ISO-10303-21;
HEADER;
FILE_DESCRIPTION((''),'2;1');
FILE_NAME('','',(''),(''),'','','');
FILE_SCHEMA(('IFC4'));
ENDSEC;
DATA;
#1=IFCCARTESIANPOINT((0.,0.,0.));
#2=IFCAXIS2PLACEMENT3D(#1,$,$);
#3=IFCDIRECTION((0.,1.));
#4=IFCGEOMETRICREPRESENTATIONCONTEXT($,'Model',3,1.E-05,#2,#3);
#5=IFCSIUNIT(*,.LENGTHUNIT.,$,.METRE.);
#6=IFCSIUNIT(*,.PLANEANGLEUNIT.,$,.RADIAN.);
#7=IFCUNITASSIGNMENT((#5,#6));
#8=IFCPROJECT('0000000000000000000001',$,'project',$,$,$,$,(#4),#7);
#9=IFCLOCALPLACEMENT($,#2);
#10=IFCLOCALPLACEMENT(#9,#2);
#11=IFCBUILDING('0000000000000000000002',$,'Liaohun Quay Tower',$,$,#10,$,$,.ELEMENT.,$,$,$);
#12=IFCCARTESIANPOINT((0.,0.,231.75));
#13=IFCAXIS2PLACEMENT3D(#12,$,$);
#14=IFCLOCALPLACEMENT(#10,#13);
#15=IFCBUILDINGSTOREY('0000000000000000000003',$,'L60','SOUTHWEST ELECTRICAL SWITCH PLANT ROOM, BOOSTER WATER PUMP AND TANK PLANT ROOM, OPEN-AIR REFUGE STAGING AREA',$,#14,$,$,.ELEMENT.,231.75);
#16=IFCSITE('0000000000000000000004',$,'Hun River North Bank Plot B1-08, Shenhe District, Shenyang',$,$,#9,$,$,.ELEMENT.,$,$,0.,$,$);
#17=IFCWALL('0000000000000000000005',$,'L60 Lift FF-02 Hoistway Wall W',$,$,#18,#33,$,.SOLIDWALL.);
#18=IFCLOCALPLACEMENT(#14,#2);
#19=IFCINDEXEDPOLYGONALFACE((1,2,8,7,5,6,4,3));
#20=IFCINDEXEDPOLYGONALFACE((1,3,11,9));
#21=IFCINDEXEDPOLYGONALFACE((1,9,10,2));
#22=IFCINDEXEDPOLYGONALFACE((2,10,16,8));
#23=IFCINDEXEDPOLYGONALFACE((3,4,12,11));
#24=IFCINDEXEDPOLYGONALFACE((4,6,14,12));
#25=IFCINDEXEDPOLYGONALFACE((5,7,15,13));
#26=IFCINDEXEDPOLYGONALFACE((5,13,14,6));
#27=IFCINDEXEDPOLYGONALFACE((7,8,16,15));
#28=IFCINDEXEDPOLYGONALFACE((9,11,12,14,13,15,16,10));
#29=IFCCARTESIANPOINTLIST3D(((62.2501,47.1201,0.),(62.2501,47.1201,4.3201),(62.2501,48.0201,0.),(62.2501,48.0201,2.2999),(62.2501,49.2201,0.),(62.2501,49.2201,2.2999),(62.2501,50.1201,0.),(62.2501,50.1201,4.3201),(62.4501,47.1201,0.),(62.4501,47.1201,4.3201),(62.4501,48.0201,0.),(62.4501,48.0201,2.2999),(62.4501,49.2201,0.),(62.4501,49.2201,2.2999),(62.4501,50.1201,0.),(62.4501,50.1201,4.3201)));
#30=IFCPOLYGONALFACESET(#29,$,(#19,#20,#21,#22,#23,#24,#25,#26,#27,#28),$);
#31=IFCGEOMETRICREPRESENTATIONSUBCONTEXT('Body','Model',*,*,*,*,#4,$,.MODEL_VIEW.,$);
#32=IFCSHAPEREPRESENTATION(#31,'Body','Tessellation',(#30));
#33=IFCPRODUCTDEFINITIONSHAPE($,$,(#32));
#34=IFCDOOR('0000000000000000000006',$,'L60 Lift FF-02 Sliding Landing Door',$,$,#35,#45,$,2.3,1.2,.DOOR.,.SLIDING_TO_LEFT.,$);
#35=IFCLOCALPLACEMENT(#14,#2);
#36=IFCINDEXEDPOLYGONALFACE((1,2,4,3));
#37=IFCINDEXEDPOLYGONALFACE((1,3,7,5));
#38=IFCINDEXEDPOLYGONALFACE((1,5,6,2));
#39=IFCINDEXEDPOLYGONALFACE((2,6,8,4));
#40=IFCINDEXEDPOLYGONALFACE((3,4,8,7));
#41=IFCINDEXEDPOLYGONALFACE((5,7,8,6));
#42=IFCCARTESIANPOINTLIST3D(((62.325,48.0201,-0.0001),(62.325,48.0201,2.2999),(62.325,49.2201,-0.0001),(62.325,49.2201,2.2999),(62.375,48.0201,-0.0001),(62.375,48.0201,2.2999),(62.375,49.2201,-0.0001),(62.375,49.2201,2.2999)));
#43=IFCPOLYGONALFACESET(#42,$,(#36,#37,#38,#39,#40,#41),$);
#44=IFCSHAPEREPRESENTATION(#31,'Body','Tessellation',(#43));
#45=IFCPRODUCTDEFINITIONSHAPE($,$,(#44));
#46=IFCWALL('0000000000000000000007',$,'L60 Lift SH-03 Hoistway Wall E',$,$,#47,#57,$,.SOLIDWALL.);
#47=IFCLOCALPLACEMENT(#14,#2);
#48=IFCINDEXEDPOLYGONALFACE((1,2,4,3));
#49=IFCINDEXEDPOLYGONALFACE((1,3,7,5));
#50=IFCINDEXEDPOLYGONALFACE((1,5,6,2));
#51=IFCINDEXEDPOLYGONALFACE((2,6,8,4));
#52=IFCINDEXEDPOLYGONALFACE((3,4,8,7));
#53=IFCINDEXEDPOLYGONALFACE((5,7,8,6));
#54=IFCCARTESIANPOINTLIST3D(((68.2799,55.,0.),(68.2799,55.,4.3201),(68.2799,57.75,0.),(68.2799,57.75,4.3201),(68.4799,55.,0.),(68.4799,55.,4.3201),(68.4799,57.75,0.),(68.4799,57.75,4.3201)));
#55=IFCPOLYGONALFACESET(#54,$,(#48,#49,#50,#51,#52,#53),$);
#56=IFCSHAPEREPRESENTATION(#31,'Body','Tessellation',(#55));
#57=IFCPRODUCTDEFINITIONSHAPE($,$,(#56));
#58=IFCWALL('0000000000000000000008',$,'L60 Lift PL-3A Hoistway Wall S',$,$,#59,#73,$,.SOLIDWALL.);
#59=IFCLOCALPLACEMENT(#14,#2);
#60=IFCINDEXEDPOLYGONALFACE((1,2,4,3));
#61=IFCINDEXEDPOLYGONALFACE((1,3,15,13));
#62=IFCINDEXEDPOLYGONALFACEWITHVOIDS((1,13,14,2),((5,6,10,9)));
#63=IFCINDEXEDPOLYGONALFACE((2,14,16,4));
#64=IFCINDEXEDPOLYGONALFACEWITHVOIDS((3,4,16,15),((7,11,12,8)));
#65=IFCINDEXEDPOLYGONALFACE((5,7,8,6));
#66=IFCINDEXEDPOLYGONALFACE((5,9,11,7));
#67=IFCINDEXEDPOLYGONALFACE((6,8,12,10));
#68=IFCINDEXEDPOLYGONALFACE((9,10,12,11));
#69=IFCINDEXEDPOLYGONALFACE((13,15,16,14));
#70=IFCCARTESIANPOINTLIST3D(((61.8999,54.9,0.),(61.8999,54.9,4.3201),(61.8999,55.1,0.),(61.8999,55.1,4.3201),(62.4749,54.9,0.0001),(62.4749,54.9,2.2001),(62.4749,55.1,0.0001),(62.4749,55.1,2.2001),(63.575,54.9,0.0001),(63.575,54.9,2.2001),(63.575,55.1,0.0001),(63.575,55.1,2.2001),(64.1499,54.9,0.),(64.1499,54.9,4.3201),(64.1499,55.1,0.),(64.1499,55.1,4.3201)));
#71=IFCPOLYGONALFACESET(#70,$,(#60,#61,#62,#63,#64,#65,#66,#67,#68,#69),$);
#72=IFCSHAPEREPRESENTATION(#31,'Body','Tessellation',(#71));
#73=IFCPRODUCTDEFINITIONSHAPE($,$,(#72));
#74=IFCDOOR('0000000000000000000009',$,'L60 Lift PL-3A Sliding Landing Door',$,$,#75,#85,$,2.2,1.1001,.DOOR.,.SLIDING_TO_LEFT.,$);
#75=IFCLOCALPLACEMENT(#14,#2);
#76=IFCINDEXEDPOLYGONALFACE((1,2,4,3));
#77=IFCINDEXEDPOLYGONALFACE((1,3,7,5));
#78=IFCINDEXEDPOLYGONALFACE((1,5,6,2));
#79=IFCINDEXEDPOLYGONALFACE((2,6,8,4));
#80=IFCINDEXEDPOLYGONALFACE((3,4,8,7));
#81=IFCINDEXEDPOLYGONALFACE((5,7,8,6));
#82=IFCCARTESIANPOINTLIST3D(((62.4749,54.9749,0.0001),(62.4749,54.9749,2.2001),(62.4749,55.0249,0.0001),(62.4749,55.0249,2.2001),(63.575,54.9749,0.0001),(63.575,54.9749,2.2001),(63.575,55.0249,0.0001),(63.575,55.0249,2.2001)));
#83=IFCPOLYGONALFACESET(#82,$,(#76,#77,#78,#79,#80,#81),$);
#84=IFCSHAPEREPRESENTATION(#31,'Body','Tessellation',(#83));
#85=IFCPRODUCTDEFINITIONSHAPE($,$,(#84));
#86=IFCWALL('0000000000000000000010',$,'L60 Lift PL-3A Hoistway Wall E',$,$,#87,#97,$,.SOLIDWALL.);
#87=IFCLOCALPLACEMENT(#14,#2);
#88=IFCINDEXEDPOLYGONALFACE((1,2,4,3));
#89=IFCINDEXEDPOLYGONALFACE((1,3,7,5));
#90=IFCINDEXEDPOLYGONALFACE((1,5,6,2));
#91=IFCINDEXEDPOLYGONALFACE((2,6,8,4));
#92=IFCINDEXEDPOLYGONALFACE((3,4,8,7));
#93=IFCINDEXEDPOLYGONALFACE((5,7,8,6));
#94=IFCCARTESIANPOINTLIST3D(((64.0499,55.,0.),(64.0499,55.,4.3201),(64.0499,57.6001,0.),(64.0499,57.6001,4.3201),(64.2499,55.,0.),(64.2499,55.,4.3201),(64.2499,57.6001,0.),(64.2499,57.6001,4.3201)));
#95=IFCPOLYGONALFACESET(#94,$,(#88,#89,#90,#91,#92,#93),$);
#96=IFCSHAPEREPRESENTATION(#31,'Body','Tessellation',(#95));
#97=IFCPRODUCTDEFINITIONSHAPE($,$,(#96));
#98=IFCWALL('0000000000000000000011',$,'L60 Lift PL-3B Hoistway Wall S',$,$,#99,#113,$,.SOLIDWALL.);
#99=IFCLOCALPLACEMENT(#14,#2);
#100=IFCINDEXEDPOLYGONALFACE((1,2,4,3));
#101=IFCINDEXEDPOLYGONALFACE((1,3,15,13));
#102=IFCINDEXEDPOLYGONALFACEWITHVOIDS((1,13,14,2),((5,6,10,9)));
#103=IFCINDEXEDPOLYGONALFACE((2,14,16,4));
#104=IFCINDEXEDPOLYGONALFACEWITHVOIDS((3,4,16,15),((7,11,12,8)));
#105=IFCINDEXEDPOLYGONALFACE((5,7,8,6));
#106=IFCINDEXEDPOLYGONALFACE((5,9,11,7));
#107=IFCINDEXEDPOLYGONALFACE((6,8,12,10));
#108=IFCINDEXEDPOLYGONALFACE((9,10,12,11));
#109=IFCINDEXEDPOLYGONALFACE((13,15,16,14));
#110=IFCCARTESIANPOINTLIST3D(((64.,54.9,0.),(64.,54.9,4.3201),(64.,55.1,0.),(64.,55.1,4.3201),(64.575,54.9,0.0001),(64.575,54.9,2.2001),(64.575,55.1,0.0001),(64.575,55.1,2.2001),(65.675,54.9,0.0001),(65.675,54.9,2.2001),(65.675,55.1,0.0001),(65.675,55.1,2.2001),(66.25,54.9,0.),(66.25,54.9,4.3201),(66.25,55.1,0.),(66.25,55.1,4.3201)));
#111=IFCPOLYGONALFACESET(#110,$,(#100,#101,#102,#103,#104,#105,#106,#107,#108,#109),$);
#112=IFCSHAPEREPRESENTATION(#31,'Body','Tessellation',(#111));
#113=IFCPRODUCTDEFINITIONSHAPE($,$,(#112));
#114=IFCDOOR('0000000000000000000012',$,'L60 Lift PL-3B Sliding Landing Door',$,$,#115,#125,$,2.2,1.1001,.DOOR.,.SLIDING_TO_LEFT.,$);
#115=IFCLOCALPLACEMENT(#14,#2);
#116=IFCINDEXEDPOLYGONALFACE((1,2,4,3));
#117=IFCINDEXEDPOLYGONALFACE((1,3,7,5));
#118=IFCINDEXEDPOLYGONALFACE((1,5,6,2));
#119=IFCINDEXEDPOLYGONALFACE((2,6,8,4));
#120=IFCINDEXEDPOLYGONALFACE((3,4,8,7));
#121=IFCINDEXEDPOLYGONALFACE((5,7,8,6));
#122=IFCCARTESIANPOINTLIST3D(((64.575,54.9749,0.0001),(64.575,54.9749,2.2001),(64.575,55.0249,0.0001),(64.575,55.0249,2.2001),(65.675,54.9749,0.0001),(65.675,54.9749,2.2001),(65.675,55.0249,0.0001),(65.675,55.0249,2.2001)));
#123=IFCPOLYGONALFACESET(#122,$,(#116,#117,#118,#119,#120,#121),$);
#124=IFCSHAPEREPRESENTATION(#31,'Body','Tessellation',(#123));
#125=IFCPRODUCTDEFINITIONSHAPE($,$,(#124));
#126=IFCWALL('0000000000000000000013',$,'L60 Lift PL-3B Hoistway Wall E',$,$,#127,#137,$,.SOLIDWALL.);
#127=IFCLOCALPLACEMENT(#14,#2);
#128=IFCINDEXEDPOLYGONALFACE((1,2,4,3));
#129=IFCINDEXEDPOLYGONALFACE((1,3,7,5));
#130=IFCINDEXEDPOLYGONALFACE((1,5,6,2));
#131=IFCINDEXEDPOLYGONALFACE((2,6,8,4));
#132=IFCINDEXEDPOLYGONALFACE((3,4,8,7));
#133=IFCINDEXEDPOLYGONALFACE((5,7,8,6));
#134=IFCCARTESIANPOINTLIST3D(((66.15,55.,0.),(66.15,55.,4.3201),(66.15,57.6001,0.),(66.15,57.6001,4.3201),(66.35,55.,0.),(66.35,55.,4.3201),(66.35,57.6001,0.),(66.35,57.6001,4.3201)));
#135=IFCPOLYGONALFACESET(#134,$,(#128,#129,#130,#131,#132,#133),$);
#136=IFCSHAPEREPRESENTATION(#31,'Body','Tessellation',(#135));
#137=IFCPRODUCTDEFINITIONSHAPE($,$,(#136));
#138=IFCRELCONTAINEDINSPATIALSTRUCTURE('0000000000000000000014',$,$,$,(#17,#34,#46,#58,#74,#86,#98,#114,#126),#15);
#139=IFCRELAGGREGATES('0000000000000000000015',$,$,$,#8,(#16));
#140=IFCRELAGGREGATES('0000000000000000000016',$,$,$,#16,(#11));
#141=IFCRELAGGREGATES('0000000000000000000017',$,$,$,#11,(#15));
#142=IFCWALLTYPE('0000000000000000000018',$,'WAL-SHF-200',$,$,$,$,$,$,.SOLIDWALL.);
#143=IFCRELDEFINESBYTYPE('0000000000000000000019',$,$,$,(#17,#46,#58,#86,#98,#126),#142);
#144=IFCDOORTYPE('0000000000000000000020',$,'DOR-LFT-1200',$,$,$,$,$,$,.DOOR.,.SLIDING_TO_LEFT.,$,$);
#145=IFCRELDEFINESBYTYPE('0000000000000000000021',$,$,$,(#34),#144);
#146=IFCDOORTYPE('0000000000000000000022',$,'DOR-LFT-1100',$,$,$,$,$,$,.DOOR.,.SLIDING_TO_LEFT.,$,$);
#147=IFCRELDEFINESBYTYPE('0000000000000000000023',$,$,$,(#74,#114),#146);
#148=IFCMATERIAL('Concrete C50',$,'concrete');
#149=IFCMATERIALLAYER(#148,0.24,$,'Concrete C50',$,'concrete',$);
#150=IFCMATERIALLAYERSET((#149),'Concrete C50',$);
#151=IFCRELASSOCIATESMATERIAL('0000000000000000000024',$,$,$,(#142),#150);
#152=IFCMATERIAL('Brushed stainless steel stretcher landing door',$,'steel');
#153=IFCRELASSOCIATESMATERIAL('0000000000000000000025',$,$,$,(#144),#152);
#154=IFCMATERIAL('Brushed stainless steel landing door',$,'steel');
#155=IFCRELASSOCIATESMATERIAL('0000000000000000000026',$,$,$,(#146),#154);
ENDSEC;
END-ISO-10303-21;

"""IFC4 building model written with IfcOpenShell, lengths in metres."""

from ifc_helpers import new_model, si_unit, direction, frame, frame_2d, origin, place, context, subcontext, project, spatial, rectangle, extrude, source, transform, mapped, material, layer, layer_set, type_object, element, fill, save


model = new_model("IFC4")

# Units and contexts
model_context = context("Model", 3, precision=1e-05, world=origin(), true_north=direction((0.0, 1.0)))
body_context = subcontext(model_context, "Body", "Model", "MODEL_VIEW")
ifc_project = project(units=[si_unit("LENGTHUNIT", "METRE"), si_unit("PLANEANGLEUNIT", "RADIAN")], contexts=[model_context])

# Site, building, storey
site_placement = place(None, origin())
site = spatial("IfcSite", under=ifc_project, at=site_placement, Name="Hun River North Bank Plot B1-08, Shenhe District, Shenyang", CompositionType="ELEMENT", RefElevation=0.0)
building_placement = place(site_placement, origin())
building = spatial("IfcBuilding", under=site, at=building_placement, Name="Liaohun Quay Tower", CompositionType="ELEMENT")
storey_placement = place(building_placement, frame((0.0, 0.0, 231.75)))
storey = spatial("IfcBuildingStorey", under=building, at=storey_placement, Name="L60", Description="SOUTHWEST ELECTRICAL SWITCH PLANT ROOM, BOOSTER WATER PUMP AND TANK PLANT ROOM, OPEN-AIR REFUGE STAGING AREA", CompositionType="ELEMENT", Elevation=231.75)

# Shared definitions
ifc_material_1 = material(Name="Concrete C50", Category="concrete")
ifc_layer_1 = layer(ifc_material_1, 0.24, Name="Concrete C50", Category="concrete")
ifc_layer_set_1 = layer_set([ifc_layer_1], Name="Concrete C50")
wall_type_1 = type_object("IfcWallType", Name="WAL-SHF-200", PredefinedType="SOLIDWALL", material=ifc_layer_set_1)

# Wall, opening, door
wall_1_placement = place(storey_placement, frame((62.3501, 50.1201, 0.0), z_axis=(0.0, 0.0, 1.0), x_axis=(0.0, -1.0, 0.0)))
wall_1 = element("IfcWall", 1, at=wall_1_placement, inside=storey, type_object=wall_type_1, Name="L60 Lift FF-02 Hoistway Wall W", PredefinedType="SOLIDWALL", context=body_context, shape_type="SweptSolid", body=[
    extrude(rectangle(XDim=3.0, YDim=0.2, at=frame_2d((1.5, 0.0))), origin(), (0.0, 0.0, 1.0), 4.3201),
])
shared_shape_1 = source(origin(), body_context, "Body", "SweptSolid", [
    extrude(rectangle(XDim=1.2, YDim=2.3, at=frame_2d((0.6001, 1.1499))), frame((0.0, 0.1099, 0.0), z_axis=(0.0, -1.0, 0.0), x_axis=(1.0, 0.0, 0.0)), (0.0, 0.0, 1.0), 0.22),
])
opening_1_placement = place(wall_1_placement, frame((0.8999, 0.0, 0.0)))
opening_1 = element("IfcOpeningElement", 2, at=opening_1_placement, cuts=wall_1, PredefinedType="OPENING", context=body_context, shape_type="MappedRepresentation", body=[
    mapped(shared_shape_1, transform((0.0, 0.0, 0.0), x_axis=(1.0, 0.0, 0.0), y_axis=(0.0, 1.0, 0.0), z_axis=(0.0, 0.0, 1.0), scale=1.0)),
])
ifc_material_2 = material(Name="Brushed stainless steel stretcher landing door", Category="steel")
door_type_1 = type_object("IfcDoorType", Name="DOR-LFT-1200", OperationType="SLIDING_TO_LEFT", PredefinedType="DOOR", material=ifc_material_2)
shared_shape_2 = source(origin(), body_context, "Body", "SweptSolid", [
    extrude(rectangle(XDim=1.2, YDim=2.3, at=frame_2d((0.6001, 1.1499))), frame((0.0, 0.0249, 0.0), z_axis=(0.0, -1.0, 0.0), x_axis=(1.0, 0.0, 0.0)), (0.0, 0.0, 1.0), 0.05),
])
door_1_placement = place(opening_1_placement, origin())
door_1 = element("IfcDoor", 3, at=door_1_placement, inside=storey, type_object=door_type_1, Name="L60 Lift FF-02 Sliding Landing Door", OperationType="SLIDING_TO_LEFT", OverallHeight=2.3, OverallWidth=1.2, PredefinedType="DOOR", context=body_context, shape_type="MappedRepresentation", body=[
    mapped(shared_shape_2, transform((0.0, 0.0, 0.0), x_axis=(1.0, 0.0, 0.0), y_axis=(0.0, 1.0, 0.0), z_axis=(0.0, 0.0, 1.0), scale=1.0)),
])
fill(opening_1, door_1)

# Wall
wall_2_placement = place(storey_placement, frame((68.3799, 55.0, 0.0), z_axis=(0.0, 0.0, 1.0), x_axis=(0.0, 1.0, 0.0)))
element("IfcWall", 4, at=wall_2_placement, inside=storey, type_object=wall_type_1, Name="L60 Lift SH-03 Hoistway Wall E", PredefinedType="SOLIDWALL", context=body_context, shape_type="SweptSolid", body=[
    extrude(rectangle(XDim=2.75, YDim=0.2, at=frame_2d((1.375, 0.0))), origin(), (0.0, 0.0, 1.0), 4.3201),
])

# Wall, opening, door
wall_3_placement = place(storey_placement, frame((61.8999, 55.0, 0.0), z_axis=(0.0, 0.0, 1.0), x_axis=(1.0, 0.0, 0.0)))
wall_3 = element("IfcWall", 5, at=wall_3_placement, inside=storey, type_object=wall_type_1, Name="L60 Lift PL-3A Hoistway Wall S", PredefinedType="SOLIDWALL", context=body_context, shape_type="SweptSolid", body=[
    extrude(rectangle(XDim=2.25, YDim=0.2, at=frame_2d((1.125, 0.0))), origin(), (0.0, 0.0, 1.0), 4.3201),
])
shared_shape_3 = source(origin(), body_context, "Body", "SweptSolid", [
    extrude(rectangle(XDim=1.1001, YDim=2.2, at=frame_2d((0.55, 1.1001))), frame((0.0, 0.1099, 0.0), z_axis=(0.0, -1.0, 0.0), x_axis=(1.0, 0.0, 0.0)), (0.0, 0.0, 1.0), 0.22),
])
opening_2_placement = place(wall_3_placement, frame((0.575, 0.0, 0.0)))
opening_2 = element("IfcOpeningElement", 6, at=opening_2_placement, cuts=wall_3, PredefinedType="OPENING", context=body_context, shape_type="MappedRepresentation", body=[
    mapped(shared_shape_3, transform((0.0, 0.0, 0.0), x_axis=(1.0, 0.0, 0.0), y_axis=(0.0, 1.0, 0.0), z_axis=(0.0, 0.0, 1.0), scale=1.0)),
])
ifc_material_3 = material(Name="Brushed stainless steel landing door", Category="steel")
door_type_2 = type_object("IfcDoorType", Name="DOR-LFT-1100", OperationType="SLIDING_TO_LEFT", PredefinedType="DOOR", material=ifc_material_3)
shared_shape_4 = source(origin(), body_context, "Body", "SweptSolid", [
    extrude(rectangle(XDim=1.1001, YDim=2.2, at=frame_2d((0.55, 1.1001))), frame((0.0, 0.0249, 0.0), z_axis=(0.0, -1.0, 0.0), x_axis=(1.0, 0.0, 0.0)), (0.0, 0.0, 1.0), 0.05),
])
door_2_placement = place(opening_2_placement, origin())
door_2 = element("IfcDoor", 7, at=door_2_placement, inside=storey, type_object=door_type_2, Name="L60 Lift PL-3A Sliding Landing Door", OperationType="SLIDING_TO_LEFT", OverallHeight=2.2, OverallWidth=1.1001, PredefinedType="DOOR", context=body_context, shape_type="MappedRepresentation", body=[
    mapped(shared_shape_4, transform((0.0, 0.0, 0.0), x_axis=(1.0, 0.0, 0.0), y_axis=(0.0, 1.0, 0.0), z_axis=(0.0, 0.0, 1.0), scale=1.0)),
])
fill(opening_2, door_2)

# Wall
wall_4_placement = place(storey_placement, frame((64.1499, 55.0, 0.0), z_axis=(0.0, 0.0, 1.0), x_axis=(0.0, 1.0, 0.0)))
element("IfcWall", 8, at=wall_4_placement, inside=storey, type_object=wall_type_1, Name="L60 Lift PL-3A Hoistway Wall E", PredefinedType="SOLIDWALL", context=body_context, shape_type="SweptSolid", body=[
    extrude(rectangle(XDim=2.6001, YDim=0.2, at=frame_2d((1.3, 0.0))), origin(), (0.0, 0.0, 1.0), 4.3201),
])

# Wall, opening, door
wall_5_placement = place(storey_placement, frame((64.0, 55.0, 0.0), z_axis=(0.0, 0.0, 1.0), x_axis=(1.0, 0.0, 0.0)))
wall_5 = element("IfcWall", 9, at=wall_5_placement, inside=storey, type_object=wall_type_1, Name="L60 Lift PL-3B Hoistway Wall S", PredefinedType="SOLIDWALL", context=body_context, shape_type="SweptSolid", body=[
    extrude(rectangle(XDim=2.25, YDim=0.2, at=frame_2d((1.125, 0.0))), origin(), (0.0, 0.0, 1.0), 4.3201),
])
opening_3_placement = place(wall_5_placement, frame((0.575, 0.0, 0.0)))
opening_3 = element("IfcOpeningElement", 10, at=opening_3_placement, cuts=wall_5, PredefinedType="OPENING", context=body_context, shape_type="MappedRepresentation", body=[
    mapped(shared_shape_3, transform((0.0, 0.0, 0.0), x_axis=(1.0, 0.0, 0.0), y_axis=(0.0, 1.0, 0.0), z_axis=(0.0, 0.0, 1.0), scale=1.0)),
])
door_3_placement = place(opening_3_placement, origin())
door_3 = element("IfcDoor", 11, at=door_3_placement, inside=storey, type_object=door_type_2, Name="L60 Lift PL-3B Sliding Landing Door", OperationType="SLIDING_TO_LEFT", OverallHeight=2.2, OverallWidth=1.1001, PredefinedType="DOOR", context=body_context, shape_type="MappedRepresentation", body=[
    mapped(shared_shape_4, transform((0.0, 0.0, 0.0), x_axis=(1.0, 0.0, 0.0), y_axis=(0.0, 1.0, 0.0), z_axis=(0.0, 0.0, 1.0), scale=1.0)),
])
fill(opening_3, door_3)

# Wall
wall_6_placement = place(storey_placement, frame((66.25, 55.0, 0.0), z_axis=(0.0, 0.0, 1.0), x_axis=(0.0, 1.0, 0.0)))
element("IfcWall", 12, at=wall_6_placement, inside=storey, type_object=wall_type_1, Name="L60 Lift PL-3B Hoistway Wall E", PredefinedType="SOLIDWALL", context=body_context, shape_type="SweptSolid", body=[
    extrude(rectangle(XDim=2.6001, YDim=0.2, at=frame_2d((1.3, 0.0))), origin(), (0.0, 0.0, 1.0), 4.3201),
])

save(model, "model.ifc")
